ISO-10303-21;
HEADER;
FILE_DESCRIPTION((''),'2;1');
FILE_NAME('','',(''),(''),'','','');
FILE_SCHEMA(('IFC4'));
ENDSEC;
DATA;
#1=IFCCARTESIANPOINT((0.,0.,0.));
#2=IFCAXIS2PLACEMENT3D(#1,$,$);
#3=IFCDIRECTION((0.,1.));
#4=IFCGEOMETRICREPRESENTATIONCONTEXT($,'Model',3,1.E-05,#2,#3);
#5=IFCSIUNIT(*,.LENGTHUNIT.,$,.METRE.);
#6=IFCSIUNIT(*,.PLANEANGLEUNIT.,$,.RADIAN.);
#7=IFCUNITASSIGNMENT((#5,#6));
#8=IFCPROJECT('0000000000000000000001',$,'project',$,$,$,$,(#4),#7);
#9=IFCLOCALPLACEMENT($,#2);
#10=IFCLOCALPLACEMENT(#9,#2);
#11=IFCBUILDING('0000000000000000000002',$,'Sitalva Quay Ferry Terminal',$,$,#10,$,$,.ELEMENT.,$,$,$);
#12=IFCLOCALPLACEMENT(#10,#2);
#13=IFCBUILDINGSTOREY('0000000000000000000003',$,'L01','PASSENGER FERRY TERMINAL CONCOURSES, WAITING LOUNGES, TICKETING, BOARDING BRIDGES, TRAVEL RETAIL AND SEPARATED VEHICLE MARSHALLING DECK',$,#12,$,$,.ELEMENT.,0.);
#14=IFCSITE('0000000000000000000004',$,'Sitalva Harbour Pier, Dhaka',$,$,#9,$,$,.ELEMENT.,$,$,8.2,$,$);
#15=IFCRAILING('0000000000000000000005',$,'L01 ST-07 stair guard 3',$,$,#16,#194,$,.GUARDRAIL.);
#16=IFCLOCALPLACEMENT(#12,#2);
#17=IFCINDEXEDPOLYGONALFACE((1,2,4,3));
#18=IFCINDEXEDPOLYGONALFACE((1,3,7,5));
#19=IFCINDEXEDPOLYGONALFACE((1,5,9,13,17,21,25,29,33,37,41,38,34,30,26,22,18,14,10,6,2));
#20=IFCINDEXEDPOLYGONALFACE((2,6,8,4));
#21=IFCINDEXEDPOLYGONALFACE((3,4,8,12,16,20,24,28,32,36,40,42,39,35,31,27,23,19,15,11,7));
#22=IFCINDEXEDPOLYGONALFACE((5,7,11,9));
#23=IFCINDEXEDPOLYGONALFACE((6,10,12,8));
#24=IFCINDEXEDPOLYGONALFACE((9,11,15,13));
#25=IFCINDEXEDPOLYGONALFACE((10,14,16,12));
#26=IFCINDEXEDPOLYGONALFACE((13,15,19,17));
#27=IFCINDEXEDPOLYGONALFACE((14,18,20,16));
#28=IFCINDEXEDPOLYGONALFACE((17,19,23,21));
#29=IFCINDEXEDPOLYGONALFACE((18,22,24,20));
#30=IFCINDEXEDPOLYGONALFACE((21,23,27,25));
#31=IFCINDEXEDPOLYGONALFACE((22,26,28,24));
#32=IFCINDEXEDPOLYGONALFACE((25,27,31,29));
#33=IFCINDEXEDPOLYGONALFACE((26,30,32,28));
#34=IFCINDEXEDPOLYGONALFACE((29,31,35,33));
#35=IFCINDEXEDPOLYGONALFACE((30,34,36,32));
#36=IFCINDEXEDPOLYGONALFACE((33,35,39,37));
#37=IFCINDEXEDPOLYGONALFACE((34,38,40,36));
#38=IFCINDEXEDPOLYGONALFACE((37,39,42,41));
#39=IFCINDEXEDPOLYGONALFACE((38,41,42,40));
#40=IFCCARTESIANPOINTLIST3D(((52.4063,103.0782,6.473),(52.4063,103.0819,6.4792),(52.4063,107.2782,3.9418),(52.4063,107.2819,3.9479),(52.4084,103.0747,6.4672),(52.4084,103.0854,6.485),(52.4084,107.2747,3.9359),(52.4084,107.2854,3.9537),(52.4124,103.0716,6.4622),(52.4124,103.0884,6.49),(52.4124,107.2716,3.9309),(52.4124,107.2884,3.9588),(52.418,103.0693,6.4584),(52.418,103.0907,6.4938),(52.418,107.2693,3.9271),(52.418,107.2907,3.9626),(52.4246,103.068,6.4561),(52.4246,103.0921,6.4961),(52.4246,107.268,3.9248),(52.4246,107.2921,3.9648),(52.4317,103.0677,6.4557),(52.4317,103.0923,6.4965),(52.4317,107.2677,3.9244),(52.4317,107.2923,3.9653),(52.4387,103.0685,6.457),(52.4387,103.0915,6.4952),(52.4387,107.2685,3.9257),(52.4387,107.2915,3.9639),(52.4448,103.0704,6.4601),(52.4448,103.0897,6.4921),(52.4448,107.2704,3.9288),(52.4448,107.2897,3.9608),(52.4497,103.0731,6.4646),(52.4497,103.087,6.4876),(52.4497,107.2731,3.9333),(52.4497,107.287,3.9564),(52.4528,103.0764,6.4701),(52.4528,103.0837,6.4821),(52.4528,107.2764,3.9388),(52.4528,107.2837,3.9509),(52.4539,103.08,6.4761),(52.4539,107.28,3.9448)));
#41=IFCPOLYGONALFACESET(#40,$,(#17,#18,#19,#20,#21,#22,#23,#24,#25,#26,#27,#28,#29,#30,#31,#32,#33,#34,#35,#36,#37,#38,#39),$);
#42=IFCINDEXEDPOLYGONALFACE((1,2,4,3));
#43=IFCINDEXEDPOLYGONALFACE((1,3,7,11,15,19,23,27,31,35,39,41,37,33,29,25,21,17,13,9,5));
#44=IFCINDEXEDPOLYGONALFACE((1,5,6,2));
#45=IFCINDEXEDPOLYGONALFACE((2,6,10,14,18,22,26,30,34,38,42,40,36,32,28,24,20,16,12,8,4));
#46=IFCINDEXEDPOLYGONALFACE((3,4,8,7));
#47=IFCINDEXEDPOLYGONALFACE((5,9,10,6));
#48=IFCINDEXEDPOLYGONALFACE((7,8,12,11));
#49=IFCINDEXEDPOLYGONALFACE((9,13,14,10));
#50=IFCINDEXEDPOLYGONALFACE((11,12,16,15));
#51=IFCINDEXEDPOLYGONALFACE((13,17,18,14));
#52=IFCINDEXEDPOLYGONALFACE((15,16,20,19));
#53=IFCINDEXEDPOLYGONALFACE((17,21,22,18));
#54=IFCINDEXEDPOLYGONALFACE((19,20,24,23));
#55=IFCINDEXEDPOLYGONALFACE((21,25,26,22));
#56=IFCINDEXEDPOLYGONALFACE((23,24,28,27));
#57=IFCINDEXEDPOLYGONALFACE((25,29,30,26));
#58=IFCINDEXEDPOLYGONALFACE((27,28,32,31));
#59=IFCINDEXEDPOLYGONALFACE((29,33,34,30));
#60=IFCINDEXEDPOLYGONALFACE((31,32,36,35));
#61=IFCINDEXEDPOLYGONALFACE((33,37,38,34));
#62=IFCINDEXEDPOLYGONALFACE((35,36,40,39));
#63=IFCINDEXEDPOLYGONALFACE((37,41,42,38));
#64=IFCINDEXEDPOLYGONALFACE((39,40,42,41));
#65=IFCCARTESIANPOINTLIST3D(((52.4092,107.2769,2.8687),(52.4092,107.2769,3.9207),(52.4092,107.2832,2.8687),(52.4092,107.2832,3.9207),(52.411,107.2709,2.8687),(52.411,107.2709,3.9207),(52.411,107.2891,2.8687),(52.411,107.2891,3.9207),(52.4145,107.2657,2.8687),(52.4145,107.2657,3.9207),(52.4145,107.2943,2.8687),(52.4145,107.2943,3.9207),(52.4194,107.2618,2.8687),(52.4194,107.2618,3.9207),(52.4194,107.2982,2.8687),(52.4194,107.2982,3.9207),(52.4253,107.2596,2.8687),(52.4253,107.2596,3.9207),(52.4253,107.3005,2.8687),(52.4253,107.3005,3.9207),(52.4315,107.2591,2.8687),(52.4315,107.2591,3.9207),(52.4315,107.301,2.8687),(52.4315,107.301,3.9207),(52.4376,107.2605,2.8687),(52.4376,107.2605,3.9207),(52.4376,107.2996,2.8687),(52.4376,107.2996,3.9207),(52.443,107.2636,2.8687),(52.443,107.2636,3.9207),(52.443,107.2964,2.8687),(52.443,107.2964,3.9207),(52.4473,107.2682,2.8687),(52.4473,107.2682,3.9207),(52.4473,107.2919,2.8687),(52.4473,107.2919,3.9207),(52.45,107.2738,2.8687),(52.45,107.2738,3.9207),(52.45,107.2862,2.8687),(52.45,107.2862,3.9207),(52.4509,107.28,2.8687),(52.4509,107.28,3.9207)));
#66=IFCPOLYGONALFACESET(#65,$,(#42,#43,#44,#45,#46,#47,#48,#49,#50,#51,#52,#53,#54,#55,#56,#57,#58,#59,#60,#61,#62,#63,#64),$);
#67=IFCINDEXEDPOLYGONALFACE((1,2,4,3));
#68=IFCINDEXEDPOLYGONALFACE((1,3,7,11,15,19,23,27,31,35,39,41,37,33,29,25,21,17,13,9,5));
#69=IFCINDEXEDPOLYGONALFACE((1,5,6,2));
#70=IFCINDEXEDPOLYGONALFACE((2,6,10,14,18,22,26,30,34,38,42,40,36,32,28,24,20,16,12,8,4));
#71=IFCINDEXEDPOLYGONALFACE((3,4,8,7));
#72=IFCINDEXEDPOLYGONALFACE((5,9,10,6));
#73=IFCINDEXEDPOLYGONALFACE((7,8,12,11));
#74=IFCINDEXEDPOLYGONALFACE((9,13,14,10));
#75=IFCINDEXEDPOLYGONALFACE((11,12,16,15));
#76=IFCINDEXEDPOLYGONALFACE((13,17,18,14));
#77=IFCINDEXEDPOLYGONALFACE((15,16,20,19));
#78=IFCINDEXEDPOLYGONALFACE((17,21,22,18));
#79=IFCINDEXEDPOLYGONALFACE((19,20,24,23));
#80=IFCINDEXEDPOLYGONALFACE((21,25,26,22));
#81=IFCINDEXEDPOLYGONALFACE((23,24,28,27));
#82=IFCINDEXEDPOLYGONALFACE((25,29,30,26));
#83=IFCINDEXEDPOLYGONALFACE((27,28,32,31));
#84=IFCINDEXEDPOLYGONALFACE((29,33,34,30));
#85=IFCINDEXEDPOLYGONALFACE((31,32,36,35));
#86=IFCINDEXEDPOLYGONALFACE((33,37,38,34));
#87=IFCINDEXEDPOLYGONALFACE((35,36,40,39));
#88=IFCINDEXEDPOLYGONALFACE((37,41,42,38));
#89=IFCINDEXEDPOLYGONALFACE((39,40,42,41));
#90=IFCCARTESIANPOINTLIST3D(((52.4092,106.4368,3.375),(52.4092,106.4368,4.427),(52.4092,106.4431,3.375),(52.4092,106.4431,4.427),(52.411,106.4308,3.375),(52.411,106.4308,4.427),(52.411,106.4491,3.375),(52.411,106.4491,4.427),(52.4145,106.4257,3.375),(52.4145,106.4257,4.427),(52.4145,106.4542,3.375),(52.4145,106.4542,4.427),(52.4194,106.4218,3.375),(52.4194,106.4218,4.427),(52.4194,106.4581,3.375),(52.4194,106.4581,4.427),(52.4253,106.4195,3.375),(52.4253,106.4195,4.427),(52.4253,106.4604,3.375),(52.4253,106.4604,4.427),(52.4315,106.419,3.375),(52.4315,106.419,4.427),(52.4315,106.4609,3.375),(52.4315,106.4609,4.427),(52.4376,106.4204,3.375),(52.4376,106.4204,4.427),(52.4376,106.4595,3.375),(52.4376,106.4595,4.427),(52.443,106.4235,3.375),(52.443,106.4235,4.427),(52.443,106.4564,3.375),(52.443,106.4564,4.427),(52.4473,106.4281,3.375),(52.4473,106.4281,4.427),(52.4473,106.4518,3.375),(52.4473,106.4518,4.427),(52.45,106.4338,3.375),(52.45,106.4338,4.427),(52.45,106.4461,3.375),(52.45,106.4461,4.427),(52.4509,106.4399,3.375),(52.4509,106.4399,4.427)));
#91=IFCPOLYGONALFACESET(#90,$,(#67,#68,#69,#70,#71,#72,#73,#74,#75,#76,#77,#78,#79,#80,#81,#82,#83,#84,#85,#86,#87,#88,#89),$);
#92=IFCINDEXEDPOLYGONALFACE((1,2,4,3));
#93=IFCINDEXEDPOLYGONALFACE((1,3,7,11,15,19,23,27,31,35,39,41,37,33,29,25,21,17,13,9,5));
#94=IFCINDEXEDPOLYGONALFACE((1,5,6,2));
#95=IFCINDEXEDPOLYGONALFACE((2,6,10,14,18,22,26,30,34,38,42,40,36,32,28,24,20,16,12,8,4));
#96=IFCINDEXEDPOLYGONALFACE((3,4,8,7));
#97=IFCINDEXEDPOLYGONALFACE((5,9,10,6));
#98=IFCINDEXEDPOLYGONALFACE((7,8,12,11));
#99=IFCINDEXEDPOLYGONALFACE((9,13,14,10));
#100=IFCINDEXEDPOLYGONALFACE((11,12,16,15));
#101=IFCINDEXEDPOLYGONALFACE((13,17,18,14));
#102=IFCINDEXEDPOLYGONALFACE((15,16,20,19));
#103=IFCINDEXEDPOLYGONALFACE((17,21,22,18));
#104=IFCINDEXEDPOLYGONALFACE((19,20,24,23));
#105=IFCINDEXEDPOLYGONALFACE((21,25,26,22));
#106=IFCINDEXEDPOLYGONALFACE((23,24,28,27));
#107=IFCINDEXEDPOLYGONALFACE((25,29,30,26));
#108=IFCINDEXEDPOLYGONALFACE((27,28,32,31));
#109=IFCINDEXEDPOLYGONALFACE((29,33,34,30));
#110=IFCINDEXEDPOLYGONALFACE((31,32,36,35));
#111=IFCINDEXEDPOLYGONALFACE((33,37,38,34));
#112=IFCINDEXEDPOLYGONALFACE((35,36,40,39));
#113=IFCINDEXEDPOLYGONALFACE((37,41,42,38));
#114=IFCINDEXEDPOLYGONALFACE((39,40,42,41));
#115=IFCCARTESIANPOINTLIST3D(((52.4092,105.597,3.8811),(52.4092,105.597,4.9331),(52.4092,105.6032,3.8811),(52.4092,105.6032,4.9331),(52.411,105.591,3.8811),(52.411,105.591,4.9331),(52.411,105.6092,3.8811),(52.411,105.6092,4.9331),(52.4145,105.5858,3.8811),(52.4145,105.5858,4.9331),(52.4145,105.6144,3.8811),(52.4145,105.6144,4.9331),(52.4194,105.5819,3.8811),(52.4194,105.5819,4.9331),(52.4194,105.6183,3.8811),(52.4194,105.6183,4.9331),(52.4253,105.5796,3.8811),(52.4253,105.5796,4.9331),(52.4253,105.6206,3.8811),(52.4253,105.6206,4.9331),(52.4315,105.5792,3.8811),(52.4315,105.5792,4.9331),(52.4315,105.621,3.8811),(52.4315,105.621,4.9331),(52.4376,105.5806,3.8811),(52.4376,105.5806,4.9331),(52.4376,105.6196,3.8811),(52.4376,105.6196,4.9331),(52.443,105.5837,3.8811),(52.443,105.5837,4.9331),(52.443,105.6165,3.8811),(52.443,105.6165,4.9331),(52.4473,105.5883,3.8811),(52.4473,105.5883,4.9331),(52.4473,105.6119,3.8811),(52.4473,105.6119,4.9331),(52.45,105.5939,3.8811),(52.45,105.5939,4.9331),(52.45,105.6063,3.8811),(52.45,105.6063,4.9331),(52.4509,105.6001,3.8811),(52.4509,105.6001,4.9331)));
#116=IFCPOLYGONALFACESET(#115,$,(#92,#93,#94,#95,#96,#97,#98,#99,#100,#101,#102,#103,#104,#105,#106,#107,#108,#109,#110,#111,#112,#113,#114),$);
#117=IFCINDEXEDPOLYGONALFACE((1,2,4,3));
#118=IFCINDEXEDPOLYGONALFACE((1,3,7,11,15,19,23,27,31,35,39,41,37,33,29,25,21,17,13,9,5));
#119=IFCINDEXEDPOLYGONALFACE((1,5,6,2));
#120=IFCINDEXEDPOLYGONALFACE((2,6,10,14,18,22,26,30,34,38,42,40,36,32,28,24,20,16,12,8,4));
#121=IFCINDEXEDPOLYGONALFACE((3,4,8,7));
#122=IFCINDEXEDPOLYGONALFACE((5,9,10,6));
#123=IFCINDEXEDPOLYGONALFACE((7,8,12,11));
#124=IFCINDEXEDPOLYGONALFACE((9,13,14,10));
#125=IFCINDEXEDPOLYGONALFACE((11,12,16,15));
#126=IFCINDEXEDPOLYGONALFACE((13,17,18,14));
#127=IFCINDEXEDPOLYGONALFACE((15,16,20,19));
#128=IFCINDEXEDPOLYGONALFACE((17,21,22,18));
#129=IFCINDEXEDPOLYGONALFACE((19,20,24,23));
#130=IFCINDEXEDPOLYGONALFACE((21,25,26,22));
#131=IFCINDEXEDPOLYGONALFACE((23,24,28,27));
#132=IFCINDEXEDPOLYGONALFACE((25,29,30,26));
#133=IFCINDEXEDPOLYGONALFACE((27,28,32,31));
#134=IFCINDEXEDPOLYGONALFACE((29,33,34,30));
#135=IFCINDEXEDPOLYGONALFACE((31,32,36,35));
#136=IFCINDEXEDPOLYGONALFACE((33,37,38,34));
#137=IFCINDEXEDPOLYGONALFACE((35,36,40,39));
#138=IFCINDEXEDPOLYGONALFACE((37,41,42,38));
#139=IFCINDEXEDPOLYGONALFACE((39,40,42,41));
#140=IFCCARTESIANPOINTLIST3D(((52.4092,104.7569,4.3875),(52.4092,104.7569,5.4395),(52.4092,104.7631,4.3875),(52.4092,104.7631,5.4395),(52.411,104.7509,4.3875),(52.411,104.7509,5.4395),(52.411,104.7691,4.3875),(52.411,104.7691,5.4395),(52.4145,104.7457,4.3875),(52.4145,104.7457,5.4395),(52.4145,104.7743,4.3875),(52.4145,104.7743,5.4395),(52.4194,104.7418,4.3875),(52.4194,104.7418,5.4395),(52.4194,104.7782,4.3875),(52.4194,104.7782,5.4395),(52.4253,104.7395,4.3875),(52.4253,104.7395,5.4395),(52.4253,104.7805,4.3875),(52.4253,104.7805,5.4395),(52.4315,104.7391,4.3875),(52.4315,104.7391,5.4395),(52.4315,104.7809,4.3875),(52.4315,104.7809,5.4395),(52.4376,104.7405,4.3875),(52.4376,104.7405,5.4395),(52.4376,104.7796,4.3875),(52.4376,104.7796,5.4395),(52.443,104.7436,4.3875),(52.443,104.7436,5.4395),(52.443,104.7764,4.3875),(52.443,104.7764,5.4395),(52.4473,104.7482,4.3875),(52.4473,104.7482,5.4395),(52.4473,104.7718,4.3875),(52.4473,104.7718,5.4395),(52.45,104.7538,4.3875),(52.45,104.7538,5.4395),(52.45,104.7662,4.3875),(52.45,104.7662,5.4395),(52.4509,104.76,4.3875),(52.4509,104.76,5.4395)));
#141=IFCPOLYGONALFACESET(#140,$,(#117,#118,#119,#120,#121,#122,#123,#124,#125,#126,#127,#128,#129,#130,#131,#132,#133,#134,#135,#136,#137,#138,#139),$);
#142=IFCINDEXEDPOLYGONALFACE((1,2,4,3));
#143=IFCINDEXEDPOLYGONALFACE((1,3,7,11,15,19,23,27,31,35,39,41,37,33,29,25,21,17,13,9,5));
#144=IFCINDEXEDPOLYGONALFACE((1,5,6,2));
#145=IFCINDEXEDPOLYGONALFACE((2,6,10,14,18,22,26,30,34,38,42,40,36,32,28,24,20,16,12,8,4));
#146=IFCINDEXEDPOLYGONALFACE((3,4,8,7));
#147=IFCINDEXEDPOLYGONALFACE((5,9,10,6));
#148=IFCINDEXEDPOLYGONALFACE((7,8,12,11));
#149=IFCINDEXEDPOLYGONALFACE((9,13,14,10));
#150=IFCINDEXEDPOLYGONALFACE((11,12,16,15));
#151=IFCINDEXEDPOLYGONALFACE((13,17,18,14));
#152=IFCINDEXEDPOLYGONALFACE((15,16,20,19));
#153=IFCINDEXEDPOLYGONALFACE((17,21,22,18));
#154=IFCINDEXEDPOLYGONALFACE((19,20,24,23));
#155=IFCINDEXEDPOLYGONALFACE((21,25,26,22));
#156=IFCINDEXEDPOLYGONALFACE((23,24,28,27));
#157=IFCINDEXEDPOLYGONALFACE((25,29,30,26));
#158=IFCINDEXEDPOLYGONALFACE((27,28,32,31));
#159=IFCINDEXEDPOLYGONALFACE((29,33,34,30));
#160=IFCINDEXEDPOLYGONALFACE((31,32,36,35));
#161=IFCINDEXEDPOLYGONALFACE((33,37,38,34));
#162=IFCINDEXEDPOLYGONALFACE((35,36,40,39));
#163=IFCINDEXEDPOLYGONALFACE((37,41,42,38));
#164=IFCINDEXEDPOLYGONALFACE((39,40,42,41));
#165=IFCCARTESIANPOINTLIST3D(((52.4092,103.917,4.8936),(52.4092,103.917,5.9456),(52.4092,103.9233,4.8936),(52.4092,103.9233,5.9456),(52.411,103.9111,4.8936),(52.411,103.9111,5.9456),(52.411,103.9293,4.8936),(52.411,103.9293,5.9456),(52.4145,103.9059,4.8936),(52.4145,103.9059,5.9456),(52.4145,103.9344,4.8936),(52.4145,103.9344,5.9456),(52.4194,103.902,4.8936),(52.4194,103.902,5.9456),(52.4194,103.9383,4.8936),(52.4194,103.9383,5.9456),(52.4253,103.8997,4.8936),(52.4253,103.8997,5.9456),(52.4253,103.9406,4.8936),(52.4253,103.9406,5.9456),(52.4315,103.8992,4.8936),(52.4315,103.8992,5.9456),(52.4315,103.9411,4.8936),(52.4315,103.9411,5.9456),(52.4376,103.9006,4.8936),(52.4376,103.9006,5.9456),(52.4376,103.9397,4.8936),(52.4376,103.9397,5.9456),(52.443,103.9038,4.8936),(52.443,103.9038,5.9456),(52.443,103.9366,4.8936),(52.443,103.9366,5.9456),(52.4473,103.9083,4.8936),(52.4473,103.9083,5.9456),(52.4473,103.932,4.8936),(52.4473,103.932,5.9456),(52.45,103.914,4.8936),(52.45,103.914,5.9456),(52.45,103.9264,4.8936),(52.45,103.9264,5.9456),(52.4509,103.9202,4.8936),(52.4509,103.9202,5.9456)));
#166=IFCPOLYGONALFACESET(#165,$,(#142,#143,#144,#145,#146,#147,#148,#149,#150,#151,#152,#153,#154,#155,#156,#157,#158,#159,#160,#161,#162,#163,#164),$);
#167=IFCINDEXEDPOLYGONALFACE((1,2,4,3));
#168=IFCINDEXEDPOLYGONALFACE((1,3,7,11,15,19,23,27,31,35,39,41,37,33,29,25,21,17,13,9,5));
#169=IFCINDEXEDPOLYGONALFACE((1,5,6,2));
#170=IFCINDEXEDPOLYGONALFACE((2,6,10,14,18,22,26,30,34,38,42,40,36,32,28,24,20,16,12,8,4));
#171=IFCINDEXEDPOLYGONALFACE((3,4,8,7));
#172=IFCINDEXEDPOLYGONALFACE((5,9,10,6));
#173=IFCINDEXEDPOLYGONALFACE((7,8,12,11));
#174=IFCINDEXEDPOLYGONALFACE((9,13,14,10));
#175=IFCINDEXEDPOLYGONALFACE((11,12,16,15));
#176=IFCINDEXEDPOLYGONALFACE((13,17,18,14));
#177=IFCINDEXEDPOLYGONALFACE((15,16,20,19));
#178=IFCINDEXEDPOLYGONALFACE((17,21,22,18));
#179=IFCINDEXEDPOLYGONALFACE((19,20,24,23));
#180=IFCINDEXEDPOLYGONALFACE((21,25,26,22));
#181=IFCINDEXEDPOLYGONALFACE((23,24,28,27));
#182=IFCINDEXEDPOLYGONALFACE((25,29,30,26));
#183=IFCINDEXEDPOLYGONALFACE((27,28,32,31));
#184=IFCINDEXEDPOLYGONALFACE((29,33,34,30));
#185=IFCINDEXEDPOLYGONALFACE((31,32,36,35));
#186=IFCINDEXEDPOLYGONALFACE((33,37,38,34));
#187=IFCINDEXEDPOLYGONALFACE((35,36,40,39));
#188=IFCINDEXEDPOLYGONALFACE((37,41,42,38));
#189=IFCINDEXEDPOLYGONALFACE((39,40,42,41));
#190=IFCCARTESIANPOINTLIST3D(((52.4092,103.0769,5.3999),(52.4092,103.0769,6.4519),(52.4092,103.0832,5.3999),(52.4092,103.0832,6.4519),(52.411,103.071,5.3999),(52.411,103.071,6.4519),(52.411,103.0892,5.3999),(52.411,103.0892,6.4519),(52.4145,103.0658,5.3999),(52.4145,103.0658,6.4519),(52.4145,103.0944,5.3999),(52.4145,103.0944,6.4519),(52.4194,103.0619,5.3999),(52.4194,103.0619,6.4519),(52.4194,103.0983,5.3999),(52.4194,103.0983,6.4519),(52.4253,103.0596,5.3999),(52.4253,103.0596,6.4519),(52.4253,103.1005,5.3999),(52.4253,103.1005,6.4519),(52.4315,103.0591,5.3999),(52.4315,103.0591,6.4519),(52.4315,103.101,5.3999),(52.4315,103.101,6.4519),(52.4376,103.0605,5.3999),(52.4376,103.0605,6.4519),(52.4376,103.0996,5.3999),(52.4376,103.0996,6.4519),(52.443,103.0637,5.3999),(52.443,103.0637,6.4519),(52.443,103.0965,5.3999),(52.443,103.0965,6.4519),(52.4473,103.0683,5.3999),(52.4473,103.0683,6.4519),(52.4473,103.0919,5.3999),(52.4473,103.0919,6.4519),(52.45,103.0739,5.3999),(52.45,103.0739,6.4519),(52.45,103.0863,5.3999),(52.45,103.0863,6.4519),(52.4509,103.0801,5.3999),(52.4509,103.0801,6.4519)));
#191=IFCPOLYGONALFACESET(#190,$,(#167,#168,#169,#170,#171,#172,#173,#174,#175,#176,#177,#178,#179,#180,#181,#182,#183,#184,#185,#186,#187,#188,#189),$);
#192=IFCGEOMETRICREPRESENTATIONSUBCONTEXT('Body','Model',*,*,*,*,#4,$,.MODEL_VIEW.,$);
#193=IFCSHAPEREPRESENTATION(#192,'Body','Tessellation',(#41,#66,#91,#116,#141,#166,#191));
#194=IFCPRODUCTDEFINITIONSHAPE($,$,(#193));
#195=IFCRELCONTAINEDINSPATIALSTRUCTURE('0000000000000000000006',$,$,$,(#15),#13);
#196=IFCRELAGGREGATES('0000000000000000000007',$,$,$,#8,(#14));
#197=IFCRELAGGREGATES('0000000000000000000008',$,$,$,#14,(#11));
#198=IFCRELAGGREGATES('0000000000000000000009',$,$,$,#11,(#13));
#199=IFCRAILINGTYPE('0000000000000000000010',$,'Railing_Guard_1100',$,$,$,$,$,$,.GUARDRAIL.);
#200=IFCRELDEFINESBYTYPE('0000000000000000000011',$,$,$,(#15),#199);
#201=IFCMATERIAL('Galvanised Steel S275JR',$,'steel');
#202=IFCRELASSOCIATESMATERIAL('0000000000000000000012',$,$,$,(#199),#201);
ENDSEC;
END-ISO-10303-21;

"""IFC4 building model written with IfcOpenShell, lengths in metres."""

from ifc_helpers import new_model, si_unit, direction, frame, origin, origin_2d, place, context, subcontext, project, spatial, circle, extrude, material, type_object, element, save


model = new_model("IFC4")

# Units and contexts
model_context = context("Model", 3, precision=1e-05, world=origin(), true_north=direction((0.0, 1.0)))
body_context = subcontext(model_context, "Body", "Model", "MODEL_VIEW")
ifc_project = project(units=[si_unit("LENGTHUNIT", "METRE"), si_unit("PLANEANGLEUNIT", "RADIAN")], contexts=[model_context])

# Site, building, storey
site_placement = place(None, origin())
site = spatial("IfcSite", under=ifc_project, at=site_placement, Name="Sitalva Harbour Pier, Dhaka", CompositionType="ELEMENT", RefElevation=8.2)
building_placement = place(site_placement, origin())
building = spatial("IfcBuilding", under=site, at=building_placement, Name="Sitalva Quay Ferry Terminal", CompositionType="ELEMENT")
storey_placement = place(building_placement, origin())
storey = spatial("IfcBuildingStorey", under=building, at=storey_placement, Name="L01", Description="PASSENGER FERRY TERMINAL CONCOURSES, WAITING LOUNGES, TICKETING, BOARDING BRIDGES, TRAVEL RETAIL AND SEPARATED VEHICLE MARSHALLING DECK", CompositionType="ELEMENT", Elevation=0.0)

# Railing
ifc_material_1 = material(Name="Galvanised Steel S275JR", Category="steel")
railing_type_1 = type_object("IfcRailingType", Name="Railing_Guard_1100", PredefinedType="GUARDRAIL", material=ifc_material_1)
railing_1_placement = place(storey_placement, frame((52.4299, 107.28, 2.8687)))
element("IfcRailing", 1, at=railing_1_placement, inside=storey, type_object=railing_type_1, Name="L01 ST-07 stair guard 3", PredefinedType="GUARDRAIL", context=body_context, shape_type="SweptSolid", body=[
    extrude(circle(Radius=0.0239, at=origin_2d()), frame((0.0, 0.0, 1.0762), z_axis=(0.0, -0.856476, 0.516186), x_axis=(1.0, 0.0, 0.0)), (0.0, 0.0, 1.0), 4.9038),
    extrude(circle(Radius=0.021, at=origin_2d()), origin(), (0.0, 0.0, 1.0), 1.052),
    extrude(circle(Radius=0.021, at=origin_2d()), frame((0.0, -0.8401, 0.5063)), (0.0, 0.0, 1.0), 1.052),
    extrude(circle(Radius=0.021, at=origin_2d()), frame((0.0, -1.6799, 1.0125)), (0.0, 0.0, 1.0), 1.052),
    extrude(circle(Radius=0.021, at=origin_2d()), frame((0.0, -2.52, 1.5188)), (0.0, 0.0, 1.0), 1.052),
    extrude(circle(Radius=0.021, at=origin_2d()), frame((0.0, -3.3599, 2.0249)), (0.0, 0.0, 1.0), 1.052),
    extrude(circle(Radius=0.021, at=origin_2d()), frame((0.0, -4.2, 2.5312)), (0.0, 0.0, 1.0), 1.052),
])

save(model, "model.ifc")
